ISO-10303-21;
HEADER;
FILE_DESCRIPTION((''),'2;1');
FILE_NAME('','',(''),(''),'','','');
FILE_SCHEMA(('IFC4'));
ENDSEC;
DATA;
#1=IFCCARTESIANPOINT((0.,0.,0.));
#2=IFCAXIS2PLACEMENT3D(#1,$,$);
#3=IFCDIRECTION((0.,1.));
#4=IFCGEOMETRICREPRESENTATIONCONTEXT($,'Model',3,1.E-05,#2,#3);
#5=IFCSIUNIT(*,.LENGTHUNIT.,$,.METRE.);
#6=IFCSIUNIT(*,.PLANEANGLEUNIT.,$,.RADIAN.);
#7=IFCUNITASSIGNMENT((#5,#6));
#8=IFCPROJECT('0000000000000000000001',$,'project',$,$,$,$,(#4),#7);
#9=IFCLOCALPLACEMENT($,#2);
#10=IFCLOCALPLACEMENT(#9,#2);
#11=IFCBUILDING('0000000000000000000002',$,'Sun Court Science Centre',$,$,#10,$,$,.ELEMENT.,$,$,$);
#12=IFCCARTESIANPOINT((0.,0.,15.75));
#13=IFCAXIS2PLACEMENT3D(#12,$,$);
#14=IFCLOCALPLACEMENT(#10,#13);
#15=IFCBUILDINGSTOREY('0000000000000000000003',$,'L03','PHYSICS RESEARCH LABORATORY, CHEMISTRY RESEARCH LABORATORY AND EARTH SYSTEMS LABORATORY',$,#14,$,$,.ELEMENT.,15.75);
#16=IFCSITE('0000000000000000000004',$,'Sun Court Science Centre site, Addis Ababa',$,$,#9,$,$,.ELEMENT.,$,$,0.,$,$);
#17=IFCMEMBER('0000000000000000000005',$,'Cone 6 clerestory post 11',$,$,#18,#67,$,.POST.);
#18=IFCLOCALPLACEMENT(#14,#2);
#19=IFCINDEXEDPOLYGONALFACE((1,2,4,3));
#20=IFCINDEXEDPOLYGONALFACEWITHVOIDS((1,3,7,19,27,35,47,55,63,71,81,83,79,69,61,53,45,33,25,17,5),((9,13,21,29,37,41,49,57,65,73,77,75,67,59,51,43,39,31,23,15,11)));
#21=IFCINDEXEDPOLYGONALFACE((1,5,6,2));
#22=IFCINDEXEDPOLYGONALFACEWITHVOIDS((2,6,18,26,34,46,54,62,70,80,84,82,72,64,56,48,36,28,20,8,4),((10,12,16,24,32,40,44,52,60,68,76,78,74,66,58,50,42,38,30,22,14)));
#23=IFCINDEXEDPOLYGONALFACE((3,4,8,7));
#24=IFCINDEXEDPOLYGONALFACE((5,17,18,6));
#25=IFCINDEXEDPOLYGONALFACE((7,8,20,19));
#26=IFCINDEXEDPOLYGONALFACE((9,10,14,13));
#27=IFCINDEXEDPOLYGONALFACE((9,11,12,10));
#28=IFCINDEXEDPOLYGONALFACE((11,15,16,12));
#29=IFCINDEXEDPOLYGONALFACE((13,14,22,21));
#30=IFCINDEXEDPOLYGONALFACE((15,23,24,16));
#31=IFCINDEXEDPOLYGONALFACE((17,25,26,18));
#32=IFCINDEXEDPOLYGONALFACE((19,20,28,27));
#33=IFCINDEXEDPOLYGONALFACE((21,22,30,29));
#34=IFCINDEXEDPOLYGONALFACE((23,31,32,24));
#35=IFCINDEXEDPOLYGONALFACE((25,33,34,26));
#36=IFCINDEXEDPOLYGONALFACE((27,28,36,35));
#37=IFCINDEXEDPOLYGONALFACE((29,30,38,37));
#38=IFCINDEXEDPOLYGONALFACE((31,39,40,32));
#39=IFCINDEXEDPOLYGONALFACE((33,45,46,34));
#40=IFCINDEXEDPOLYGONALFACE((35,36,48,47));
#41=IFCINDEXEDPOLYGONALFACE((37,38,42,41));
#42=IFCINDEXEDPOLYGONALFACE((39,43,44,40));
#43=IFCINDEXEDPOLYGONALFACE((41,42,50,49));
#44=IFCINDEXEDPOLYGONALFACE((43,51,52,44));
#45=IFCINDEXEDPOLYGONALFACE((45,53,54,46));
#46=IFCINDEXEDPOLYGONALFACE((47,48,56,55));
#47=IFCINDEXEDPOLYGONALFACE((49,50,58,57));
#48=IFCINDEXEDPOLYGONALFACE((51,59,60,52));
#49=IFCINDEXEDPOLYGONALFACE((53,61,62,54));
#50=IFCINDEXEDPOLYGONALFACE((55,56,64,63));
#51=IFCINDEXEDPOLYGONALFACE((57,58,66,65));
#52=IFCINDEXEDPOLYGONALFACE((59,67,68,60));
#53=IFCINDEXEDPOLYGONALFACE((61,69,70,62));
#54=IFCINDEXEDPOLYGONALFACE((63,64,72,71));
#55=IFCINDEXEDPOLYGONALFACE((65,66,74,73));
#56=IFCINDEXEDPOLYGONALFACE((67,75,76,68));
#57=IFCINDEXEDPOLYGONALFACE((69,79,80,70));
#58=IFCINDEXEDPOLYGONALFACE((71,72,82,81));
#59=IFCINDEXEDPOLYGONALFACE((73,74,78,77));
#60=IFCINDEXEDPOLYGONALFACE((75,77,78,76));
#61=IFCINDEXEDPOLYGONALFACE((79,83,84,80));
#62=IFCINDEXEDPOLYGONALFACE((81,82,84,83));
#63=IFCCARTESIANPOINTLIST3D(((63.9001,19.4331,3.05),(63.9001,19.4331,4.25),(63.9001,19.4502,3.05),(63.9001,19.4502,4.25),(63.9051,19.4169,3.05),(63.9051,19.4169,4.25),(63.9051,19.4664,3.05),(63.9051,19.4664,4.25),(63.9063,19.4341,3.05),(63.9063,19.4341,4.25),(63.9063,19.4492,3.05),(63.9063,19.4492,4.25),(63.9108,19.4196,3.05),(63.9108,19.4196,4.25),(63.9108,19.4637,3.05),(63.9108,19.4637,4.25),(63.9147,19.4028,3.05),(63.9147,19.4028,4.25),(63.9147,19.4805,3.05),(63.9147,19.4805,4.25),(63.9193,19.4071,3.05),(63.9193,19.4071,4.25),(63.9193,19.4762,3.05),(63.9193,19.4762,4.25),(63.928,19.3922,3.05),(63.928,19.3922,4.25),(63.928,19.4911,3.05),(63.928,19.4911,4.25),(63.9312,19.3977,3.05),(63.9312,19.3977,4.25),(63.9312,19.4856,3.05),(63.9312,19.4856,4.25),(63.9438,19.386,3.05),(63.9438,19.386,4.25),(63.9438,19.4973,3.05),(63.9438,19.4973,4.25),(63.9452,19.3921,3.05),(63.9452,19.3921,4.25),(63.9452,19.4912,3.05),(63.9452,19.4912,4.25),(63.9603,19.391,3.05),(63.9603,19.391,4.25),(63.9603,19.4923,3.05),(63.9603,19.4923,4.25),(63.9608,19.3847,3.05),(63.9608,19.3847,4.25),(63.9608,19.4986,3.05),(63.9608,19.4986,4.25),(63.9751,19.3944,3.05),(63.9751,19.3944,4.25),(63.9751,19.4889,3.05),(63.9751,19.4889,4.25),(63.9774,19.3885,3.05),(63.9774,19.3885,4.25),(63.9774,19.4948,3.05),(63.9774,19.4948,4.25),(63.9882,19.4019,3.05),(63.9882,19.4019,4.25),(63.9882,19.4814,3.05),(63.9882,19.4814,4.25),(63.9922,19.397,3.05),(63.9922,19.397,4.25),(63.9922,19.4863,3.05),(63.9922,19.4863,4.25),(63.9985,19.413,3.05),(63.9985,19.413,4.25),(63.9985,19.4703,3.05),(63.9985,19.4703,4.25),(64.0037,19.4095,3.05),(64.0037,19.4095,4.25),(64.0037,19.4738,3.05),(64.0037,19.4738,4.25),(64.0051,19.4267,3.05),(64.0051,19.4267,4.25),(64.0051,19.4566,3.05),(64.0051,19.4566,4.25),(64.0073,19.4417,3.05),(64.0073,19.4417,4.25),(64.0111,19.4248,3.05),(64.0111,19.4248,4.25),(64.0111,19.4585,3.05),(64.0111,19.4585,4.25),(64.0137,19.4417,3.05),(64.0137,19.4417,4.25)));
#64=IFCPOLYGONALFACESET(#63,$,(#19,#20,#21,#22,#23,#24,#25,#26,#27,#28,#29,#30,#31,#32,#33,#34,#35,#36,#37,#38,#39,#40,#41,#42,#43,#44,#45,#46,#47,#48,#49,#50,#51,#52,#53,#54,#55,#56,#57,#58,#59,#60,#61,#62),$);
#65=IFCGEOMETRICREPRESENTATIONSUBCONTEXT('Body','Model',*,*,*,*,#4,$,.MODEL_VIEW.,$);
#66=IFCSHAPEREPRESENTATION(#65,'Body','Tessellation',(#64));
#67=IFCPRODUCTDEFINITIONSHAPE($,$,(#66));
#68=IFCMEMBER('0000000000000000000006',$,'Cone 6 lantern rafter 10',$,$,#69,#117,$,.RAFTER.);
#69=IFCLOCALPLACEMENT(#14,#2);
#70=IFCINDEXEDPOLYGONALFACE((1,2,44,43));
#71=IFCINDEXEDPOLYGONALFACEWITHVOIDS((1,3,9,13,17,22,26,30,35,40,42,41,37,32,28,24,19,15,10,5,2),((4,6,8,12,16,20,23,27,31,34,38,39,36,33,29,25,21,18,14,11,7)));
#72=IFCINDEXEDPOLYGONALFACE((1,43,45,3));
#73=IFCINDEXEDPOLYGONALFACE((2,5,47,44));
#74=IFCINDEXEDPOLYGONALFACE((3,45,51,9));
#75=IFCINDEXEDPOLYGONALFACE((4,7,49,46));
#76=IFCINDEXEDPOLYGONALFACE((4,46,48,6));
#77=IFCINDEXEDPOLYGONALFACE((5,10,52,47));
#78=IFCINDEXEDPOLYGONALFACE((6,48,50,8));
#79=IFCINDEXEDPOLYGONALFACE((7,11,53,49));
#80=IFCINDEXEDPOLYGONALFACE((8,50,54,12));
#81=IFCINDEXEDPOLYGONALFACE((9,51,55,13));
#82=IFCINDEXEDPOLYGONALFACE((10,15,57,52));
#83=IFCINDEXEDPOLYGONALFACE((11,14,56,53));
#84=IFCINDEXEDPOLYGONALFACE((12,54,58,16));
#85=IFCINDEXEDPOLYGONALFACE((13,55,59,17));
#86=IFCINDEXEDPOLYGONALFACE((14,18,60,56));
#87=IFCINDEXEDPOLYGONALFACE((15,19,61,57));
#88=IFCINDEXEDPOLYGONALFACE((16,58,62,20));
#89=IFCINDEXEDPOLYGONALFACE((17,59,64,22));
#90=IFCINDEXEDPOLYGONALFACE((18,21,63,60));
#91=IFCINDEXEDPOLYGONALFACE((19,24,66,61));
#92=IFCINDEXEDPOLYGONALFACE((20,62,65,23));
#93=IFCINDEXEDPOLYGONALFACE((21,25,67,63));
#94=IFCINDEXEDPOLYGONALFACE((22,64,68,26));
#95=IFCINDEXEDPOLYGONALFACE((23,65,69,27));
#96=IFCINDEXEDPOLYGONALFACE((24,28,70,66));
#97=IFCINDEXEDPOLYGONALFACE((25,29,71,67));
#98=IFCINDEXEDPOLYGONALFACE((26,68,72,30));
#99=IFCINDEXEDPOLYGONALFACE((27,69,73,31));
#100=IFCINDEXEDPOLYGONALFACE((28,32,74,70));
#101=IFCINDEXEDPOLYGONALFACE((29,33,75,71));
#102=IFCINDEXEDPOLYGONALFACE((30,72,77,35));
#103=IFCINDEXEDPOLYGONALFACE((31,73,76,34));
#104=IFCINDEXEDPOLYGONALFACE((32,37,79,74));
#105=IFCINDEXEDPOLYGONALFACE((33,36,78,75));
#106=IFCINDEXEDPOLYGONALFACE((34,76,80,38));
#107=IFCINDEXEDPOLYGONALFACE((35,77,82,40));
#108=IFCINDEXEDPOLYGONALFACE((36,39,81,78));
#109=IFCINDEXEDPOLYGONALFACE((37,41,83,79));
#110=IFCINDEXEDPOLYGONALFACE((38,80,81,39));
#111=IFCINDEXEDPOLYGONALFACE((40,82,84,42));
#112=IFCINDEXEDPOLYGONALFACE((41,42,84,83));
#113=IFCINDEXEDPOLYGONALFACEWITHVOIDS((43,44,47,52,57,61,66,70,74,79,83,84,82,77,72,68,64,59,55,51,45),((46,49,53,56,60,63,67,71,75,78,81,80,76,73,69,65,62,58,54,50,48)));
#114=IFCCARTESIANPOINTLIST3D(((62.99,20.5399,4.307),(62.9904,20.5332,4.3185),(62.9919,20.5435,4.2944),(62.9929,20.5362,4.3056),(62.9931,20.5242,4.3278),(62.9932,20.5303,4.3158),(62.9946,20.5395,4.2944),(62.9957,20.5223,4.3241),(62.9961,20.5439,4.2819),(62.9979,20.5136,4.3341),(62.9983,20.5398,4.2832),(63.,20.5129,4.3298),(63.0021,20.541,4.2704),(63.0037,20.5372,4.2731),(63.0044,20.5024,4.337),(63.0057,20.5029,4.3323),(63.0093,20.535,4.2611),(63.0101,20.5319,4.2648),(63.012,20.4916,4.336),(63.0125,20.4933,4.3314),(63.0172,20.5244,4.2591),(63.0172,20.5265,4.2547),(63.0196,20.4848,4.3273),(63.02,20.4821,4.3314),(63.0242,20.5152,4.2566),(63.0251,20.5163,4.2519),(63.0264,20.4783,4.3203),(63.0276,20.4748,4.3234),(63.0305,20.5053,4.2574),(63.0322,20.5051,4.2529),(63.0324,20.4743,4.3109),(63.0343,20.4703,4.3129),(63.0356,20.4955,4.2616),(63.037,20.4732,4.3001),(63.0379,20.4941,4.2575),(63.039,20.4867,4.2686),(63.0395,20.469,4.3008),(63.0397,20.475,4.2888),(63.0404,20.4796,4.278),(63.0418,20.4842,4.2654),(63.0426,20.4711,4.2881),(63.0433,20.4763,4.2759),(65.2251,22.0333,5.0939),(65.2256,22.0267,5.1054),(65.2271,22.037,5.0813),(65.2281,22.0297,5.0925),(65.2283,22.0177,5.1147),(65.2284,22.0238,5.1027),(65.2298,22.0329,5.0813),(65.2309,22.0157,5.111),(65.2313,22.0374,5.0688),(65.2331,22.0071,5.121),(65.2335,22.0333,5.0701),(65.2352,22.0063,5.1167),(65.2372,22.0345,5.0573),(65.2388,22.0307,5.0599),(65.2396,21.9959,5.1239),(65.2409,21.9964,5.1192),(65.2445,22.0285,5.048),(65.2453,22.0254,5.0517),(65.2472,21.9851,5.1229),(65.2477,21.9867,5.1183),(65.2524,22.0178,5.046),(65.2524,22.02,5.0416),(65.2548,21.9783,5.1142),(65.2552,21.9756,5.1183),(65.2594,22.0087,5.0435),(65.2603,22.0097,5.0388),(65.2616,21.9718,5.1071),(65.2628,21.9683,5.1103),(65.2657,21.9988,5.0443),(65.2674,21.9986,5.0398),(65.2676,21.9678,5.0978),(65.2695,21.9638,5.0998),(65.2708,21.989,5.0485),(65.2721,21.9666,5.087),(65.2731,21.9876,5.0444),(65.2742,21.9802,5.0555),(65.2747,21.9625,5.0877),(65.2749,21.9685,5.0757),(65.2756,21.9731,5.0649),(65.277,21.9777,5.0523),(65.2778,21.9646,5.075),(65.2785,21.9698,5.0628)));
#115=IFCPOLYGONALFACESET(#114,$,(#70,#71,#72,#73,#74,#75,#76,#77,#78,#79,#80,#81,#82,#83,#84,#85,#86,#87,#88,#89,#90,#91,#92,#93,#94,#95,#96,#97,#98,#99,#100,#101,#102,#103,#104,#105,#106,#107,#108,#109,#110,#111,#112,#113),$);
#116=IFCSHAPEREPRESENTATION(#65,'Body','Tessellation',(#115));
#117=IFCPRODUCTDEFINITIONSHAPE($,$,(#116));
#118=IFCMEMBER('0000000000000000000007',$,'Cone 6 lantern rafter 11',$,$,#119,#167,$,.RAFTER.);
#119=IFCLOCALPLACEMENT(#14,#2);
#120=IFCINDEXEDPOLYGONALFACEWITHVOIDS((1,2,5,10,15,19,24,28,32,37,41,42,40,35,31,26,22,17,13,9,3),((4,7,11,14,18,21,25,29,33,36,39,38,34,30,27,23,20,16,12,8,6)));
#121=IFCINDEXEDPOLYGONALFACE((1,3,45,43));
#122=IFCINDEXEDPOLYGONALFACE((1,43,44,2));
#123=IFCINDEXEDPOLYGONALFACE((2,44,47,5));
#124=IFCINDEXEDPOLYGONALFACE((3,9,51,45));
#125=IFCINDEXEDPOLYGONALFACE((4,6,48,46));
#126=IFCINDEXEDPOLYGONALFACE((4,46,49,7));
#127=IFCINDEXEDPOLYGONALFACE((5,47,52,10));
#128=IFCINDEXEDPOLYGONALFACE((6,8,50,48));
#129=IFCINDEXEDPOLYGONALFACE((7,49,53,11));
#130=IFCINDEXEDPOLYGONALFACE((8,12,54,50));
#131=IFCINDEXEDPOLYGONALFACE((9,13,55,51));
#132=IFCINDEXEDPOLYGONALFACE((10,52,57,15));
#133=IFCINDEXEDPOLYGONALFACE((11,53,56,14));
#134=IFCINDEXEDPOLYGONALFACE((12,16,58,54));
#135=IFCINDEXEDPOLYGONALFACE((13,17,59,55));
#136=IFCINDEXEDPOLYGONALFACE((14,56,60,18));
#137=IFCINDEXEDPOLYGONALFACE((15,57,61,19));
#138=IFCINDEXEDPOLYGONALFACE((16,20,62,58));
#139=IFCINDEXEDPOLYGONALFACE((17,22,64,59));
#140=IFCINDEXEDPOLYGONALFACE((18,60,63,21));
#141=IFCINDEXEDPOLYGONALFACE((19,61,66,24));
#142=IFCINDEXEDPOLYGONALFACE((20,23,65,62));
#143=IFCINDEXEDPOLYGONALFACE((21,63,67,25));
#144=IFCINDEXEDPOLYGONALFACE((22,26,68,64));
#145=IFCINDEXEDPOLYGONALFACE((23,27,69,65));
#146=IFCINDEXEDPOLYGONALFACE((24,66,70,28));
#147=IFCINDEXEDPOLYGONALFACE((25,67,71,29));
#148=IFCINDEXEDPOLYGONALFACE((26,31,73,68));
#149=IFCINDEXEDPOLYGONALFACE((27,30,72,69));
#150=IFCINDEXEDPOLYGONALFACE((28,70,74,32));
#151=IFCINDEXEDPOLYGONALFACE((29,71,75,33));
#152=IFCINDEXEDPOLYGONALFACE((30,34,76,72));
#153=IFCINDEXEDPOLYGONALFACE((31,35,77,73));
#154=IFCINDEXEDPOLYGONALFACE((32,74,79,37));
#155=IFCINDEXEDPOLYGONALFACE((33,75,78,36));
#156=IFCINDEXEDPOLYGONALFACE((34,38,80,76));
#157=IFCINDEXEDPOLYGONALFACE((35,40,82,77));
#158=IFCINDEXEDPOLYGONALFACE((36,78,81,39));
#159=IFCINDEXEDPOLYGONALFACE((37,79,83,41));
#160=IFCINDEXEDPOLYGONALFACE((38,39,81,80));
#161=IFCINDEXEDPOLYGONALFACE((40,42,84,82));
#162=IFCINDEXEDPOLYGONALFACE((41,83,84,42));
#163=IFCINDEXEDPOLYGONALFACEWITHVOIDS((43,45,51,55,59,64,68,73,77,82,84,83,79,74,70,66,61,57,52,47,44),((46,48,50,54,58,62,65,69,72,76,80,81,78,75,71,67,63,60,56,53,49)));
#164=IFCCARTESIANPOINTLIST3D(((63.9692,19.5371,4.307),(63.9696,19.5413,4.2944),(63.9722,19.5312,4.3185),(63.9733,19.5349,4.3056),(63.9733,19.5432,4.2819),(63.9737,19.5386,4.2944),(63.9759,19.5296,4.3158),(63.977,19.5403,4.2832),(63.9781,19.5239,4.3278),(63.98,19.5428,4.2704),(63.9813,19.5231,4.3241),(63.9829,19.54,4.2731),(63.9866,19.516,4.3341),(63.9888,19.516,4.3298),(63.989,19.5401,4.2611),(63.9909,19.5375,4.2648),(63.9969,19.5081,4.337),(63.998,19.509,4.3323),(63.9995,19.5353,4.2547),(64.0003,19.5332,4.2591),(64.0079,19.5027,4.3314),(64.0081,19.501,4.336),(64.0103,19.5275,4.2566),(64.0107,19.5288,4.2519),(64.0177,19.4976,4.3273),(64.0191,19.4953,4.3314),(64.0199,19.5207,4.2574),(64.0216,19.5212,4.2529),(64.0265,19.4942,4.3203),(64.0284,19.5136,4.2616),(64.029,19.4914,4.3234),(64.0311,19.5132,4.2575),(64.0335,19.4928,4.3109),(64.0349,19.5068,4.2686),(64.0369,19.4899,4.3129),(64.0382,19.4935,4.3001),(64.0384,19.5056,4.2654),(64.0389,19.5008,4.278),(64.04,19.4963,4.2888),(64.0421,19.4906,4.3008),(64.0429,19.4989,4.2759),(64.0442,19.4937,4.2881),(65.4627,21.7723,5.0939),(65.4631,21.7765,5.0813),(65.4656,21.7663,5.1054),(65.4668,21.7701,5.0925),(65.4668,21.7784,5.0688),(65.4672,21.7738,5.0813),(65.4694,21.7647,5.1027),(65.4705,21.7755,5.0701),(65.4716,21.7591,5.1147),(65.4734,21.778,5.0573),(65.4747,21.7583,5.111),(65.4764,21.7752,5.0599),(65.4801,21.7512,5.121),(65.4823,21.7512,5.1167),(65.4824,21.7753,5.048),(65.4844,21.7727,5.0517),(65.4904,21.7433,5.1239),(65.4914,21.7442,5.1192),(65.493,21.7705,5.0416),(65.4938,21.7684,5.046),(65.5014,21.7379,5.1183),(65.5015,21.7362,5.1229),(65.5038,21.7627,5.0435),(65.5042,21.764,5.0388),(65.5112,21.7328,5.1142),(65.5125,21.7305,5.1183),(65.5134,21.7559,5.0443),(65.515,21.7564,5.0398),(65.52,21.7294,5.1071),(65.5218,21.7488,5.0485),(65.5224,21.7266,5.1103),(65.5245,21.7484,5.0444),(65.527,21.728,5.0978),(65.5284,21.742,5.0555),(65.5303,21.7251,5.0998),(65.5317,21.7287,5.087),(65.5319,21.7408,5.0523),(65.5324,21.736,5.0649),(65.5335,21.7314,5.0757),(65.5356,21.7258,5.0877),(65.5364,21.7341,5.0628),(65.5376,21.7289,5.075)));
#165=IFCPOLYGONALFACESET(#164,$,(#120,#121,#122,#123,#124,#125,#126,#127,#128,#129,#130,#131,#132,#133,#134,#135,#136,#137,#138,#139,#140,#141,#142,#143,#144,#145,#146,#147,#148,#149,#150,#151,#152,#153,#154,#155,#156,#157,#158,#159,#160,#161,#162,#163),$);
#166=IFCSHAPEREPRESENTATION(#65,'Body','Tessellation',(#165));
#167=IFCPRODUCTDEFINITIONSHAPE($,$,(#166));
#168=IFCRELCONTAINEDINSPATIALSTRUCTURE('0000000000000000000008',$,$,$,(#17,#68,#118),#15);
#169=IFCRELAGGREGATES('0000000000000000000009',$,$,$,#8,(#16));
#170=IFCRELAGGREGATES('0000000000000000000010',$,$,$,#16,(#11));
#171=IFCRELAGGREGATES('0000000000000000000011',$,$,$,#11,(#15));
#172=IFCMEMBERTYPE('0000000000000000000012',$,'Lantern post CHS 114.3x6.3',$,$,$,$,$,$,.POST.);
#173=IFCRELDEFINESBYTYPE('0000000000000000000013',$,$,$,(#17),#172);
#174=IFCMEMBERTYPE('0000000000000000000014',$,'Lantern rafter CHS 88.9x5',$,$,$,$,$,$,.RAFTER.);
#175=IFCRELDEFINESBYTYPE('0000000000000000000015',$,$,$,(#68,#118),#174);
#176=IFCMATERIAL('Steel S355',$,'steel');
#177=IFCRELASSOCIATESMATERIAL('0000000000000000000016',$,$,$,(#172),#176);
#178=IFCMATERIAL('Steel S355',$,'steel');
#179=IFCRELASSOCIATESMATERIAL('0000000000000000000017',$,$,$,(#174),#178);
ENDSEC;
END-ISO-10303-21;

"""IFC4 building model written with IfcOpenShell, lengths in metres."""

from ifc_helpers import new_model, si_unit, direction, frame, origin, origin_2d, place, context, subcontext, project, spatial, hollow_circle, extrude, material, material_profile, profile_set, type_object, element, save


model = new_model("IFC4")

# Units and contexts
model_context = context("Model", 3, precision=1e-05, world=origin(), true_north=direction((0.0, 1.0)))
body_context = subcontext(model_context, "Body", "Model", "MODEL_VIEW")
ifc_project = project(units=[si_unit("LENGTHUNIT", "METRE"), si_unit("PLANEANGLEUNIT", "RADIAN")], contexts=[model_context])

# Site, building, storey
site_placement = place(None, origin())
site = spatial("IfcSite", under=ifc_project, at=site_placement, Name="Sun Court Science Centre site, Addis Ababa", CompositionType="ELEMENT", RefElevation=0.0)
building_placement = place(site_placement, origin())
building = spatial("IfcBuilding", under=site, at=building_placement, Name="Sun Court Science Centre", CompositionType="ELEMENT")
storey_placement = place(building_placement, frame((0.0, 0.0, 15.75)))
storey = spatial("IfcBuildingStorey", under=building, at=storey_placement, Name="L03", Description="PHYSICS RESEARCH LABORATORY, CHEMISTRY RESEARCH LABORATORY AND EARTH SYSTEMS LABORATORY", CompositionType="ELEMENT", Elevation=15.75)

# Members
ifc_material_1 = material(Name="Steel S355", Category="steel")
ifc_material_profile_1 = material_profile(ifc_material_1, hollow_circle(Radius=0.0571, WallThickness=0.0063, at=origin_2d()), Name="CHS 114.3x6.3")
ifc_profile_set_1 = profile_set([ifc_material_profile_1], Name="Steel S355")
member_type_1 = type_object("IfcMemberType", Name="Lantern post CHS 114.3x6.3", PredefinedType="POST", material=ifc_profile_set_1)
for number, where, z_axis, x_axis, name in (
    (1, (63.9565, 19.4417, 3.05), (0.0, 0.0, 1.0), (1.0, 0.0, 0.0), "Cone 6 clerestory post 11"),
):
    element("IfcMember", number, at=place(storey_placement, frame(where, z_axis=z_axis, x_axis=x_axis)), inside=storey, type_object=member_type_1, Name=name, PredefinedType="POST", context=body_context, shape_type="SweptSolid", body=[
        extrude(hollow_circle(Radius=0.0571, WallThickness=0.0063, at=origin_2d()), origin(), (0.0, 0.0, 1.0), 1.2),
    ])
ifc_material_2 = material(Name="Steel S355", Category="steel")
ifc_material_profile_2 = material_profile(ifc_material_2, hollow_circle(Radius=0.0444, WallThickness=0.0049, at=origin_2d()), Name="CHS 88.9x5")
ifc_profile_set_2 = profile_set([ifc_material_profile_2], Name="Steel S355")
member_type_2 = type_object("IfcMemberType", Name="Lantern rafter CHS 88.9x5", PredefinedType="RAFTER", material=ifc_profile_set_2)
for number, where, z_axis, x_axis, name in (
    (2, (63.0166, 20.5066, 4.2944), (0.797992, 0.533186, 0.280931), (-0.555559, 0.831477, 0.0), "Cone 6 lantern rafter 10"),
    (3, (64.0066, 19.5166, 4.2944), (0.533186, 0.797992, 0.280931), (-0.831477, 0.555559, 0.0), "Cone 6 lantern rafter 11"),
):
    element("IfcMember", number, at=place(storey_placement, frame(where, z_axis=z_axis, x_axis=x_axis)), inside=storey, type_object=member_type_2, Name=name, PredefinedType="RAFTER", context=body_context, shape_type="SweptSolid", body=[
        extrude(hollow_circle(Radius=0.0444, WallThickness=0.0049, at=origin_2d()), origin(), (0.0, 0.0, 1.0), 2.801),
    ])

save(model, "model.ifc")
